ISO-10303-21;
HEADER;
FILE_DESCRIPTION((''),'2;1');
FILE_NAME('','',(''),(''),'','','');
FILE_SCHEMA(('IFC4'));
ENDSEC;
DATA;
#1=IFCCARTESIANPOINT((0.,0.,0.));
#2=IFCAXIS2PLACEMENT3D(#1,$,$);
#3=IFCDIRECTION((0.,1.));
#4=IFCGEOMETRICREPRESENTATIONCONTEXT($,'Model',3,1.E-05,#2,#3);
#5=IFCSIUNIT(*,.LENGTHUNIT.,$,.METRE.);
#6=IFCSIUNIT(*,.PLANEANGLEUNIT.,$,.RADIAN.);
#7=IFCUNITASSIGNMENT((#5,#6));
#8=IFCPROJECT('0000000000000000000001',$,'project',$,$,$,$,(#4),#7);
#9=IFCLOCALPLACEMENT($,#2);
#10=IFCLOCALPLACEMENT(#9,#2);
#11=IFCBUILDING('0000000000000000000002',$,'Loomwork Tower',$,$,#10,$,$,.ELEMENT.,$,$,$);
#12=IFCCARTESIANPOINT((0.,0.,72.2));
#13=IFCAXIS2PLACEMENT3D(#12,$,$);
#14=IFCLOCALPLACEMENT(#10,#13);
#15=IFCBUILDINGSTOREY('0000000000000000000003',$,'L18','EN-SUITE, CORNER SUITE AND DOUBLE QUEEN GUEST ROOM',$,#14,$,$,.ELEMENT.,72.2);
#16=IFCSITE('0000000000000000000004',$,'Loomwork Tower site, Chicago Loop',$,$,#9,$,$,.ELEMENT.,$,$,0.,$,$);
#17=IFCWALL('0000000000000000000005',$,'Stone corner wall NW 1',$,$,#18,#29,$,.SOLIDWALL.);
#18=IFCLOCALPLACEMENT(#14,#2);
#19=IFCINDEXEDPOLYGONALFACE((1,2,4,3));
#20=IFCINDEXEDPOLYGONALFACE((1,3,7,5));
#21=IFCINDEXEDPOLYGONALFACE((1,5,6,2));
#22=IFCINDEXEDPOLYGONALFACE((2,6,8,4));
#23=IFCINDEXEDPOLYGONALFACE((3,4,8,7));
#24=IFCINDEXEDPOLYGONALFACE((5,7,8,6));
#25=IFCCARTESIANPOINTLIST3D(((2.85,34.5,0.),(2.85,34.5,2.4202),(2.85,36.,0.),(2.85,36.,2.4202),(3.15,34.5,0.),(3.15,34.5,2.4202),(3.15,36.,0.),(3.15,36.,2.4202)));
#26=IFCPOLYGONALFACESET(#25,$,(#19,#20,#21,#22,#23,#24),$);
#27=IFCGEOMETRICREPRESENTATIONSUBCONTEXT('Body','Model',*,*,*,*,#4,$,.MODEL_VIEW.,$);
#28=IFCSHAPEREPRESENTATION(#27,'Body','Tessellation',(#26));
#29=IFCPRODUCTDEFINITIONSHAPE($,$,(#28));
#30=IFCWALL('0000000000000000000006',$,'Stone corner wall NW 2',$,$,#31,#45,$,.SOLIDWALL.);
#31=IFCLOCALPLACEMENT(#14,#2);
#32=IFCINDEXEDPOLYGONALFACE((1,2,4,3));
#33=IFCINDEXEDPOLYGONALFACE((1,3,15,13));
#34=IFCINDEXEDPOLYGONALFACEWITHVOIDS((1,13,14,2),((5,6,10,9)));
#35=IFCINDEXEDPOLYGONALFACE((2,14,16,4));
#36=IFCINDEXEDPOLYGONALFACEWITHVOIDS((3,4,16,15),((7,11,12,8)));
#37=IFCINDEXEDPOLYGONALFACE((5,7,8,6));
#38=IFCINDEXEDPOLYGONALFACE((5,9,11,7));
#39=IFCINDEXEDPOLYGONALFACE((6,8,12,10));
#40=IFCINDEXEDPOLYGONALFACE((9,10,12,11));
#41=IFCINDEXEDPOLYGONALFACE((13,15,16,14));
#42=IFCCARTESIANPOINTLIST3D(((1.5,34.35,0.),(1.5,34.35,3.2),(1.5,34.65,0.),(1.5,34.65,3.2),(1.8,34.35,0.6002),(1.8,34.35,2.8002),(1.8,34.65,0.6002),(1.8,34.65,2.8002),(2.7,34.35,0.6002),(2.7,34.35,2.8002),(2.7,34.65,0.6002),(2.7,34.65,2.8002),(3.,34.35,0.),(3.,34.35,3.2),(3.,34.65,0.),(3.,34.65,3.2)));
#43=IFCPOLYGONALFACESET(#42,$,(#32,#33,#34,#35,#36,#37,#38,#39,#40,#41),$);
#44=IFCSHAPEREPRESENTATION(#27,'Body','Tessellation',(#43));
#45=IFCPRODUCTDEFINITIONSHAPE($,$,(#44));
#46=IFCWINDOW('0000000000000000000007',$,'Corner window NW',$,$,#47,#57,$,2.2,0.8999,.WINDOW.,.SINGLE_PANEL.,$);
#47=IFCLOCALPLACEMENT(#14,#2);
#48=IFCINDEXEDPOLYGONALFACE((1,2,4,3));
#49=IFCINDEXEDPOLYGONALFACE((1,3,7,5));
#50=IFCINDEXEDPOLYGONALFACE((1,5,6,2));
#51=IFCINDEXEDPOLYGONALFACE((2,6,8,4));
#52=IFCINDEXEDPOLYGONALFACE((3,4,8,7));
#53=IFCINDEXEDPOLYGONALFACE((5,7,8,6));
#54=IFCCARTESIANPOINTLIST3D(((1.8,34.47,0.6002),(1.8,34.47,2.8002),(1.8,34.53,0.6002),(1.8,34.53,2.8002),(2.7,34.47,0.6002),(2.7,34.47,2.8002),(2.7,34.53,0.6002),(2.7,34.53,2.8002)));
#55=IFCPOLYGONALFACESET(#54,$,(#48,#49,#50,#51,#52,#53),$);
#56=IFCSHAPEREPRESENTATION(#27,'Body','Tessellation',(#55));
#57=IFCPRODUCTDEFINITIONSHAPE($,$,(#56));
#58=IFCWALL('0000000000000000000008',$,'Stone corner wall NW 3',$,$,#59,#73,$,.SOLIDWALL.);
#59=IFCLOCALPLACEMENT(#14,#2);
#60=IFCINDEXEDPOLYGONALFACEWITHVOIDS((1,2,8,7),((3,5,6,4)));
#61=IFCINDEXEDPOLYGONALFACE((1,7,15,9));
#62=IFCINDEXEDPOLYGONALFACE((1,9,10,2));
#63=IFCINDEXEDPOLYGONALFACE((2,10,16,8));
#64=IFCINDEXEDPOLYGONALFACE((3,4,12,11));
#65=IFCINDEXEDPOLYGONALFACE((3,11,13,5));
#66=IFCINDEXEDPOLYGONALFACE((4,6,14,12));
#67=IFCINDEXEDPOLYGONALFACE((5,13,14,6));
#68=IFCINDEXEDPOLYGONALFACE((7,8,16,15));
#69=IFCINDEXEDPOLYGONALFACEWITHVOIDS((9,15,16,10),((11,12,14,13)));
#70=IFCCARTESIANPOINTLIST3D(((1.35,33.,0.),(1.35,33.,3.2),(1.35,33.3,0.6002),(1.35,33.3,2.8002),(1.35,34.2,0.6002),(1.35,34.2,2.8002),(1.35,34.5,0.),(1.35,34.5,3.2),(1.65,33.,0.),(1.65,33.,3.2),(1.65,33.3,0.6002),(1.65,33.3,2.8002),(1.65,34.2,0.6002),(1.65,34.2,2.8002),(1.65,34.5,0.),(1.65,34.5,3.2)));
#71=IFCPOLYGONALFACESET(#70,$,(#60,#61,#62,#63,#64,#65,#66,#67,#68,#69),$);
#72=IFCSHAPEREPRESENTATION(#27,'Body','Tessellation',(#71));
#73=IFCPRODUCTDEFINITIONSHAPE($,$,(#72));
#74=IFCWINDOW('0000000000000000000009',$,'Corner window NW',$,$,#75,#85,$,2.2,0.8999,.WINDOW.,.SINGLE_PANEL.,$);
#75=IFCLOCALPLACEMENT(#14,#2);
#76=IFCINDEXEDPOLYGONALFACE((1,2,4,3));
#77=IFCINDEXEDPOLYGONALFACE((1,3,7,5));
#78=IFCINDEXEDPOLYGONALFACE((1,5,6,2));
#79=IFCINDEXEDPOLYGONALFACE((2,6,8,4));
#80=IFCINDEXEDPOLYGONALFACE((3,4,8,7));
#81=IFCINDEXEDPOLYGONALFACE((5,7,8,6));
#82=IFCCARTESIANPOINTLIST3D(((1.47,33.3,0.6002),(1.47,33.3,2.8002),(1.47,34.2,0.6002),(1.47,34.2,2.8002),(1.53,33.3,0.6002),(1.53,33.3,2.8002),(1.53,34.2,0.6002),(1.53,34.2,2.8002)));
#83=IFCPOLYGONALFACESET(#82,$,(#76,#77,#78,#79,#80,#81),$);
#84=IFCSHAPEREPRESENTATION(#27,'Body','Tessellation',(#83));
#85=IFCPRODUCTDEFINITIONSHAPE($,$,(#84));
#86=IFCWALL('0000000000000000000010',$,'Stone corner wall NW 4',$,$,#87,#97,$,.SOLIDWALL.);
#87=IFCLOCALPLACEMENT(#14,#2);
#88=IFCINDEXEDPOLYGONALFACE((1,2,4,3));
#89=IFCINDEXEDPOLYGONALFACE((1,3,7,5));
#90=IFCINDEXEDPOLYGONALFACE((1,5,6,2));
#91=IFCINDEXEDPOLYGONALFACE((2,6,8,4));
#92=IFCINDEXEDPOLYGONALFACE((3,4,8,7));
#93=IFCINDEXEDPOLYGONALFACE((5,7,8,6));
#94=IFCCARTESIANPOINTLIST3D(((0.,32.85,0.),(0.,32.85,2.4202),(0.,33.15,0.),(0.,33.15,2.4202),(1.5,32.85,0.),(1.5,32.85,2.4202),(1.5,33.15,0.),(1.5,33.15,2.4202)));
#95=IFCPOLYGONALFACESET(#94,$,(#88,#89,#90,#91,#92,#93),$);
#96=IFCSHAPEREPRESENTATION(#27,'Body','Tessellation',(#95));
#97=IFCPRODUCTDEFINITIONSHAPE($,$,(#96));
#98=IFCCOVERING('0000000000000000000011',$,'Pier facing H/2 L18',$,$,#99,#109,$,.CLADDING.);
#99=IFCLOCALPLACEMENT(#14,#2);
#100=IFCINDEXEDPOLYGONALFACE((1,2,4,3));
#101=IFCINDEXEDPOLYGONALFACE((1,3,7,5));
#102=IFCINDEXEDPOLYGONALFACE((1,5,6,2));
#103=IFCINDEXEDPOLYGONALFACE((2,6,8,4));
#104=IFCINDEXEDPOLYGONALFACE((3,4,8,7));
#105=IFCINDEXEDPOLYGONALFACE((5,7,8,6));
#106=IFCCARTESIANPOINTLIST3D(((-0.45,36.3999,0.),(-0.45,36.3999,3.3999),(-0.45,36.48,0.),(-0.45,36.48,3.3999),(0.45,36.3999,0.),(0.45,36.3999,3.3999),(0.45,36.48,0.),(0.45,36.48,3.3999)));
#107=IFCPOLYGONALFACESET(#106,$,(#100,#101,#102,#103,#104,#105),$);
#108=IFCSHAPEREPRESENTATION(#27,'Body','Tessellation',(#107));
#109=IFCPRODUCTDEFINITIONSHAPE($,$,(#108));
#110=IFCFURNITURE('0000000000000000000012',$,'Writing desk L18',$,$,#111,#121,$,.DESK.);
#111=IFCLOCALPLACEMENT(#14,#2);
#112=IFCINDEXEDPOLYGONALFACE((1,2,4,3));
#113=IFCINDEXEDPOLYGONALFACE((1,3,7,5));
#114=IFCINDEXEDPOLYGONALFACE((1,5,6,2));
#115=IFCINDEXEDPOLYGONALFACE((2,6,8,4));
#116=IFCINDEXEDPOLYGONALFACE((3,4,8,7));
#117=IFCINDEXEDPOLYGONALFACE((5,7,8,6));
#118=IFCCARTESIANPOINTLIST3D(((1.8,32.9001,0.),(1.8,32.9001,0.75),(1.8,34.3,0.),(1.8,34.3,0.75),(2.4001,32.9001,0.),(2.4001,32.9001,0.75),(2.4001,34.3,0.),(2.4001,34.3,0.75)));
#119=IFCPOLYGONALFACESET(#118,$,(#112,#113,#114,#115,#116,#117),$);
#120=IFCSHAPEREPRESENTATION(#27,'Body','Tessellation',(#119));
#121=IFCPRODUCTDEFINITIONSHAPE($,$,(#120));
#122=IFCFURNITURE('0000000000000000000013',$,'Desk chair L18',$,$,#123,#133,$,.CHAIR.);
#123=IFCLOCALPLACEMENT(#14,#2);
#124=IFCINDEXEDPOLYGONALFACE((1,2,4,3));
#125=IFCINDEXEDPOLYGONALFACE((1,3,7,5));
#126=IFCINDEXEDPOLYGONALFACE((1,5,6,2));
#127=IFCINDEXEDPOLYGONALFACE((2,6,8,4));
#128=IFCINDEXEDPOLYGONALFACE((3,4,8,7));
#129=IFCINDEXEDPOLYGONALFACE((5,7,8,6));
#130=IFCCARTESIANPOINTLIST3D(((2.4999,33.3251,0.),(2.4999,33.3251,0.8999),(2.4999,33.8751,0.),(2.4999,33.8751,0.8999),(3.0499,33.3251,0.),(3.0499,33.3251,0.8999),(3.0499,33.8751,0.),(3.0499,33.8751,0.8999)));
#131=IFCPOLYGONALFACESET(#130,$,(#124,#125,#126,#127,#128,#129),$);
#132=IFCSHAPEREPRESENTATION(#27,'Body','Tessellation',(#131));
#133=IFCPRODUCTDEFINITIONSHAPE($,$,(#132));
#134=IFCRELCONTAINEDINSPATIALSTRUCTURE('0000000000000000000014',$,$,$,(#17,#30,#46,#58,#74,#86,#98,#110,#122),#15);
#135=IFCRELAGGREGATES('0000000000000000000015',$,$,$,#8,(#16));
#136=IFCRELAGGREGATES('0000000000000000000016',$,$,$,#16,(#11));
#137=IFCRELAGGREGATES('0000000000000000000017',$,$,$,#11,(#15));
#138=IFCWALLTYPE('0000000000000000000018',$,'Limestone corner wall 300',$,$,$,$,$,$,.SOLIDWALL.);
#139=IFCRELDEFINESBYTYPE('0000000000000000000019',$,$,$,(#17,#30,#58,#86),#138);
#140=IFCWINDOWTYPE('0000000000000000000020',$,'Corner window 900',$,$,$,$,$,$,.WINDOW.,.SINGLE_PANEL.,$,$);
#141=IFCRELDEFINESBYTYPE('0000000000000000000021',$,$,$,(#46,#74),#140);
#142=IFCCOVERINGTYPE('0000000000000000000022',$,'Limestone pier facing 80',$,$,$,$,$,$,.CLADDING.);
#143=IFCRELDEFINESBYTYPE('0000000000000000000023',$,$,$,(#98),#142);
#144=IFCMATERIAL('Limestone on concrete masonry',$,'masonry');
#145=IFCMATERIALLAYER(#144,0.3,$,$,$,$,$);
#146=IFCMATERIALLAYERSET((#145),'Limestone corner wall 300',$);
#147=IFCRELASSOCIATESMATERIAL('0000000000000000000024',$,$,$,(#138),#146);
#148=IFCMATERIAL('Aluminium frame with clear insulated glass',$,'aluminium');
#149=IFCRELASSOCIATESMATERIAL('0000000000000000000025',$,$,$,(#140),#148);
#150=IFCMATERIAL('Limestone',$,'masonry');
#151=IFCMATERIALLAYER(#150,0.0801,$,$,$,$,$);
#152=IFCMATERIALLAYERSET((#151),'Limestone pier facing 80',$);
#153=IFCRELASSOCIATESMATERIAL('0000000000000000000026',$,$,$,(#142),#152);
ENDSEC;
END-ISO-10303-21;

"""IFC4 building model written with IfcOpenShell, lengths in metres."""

from ifc_helpers import new_model, si_unit, direction, frame, frame_2d, origin, origin_2d, place, context, subcontext, project, spatial, rectangle, extrude, material, layer, layer_set, type_object, element, fill, save


model = new_model("IFC4")

# Units and contexts
model_context = context("Model", 3, precision=1e-05, world=origin(), true_north=direction((0.0, 1.0)))
body_context = subcontext(model_context, "Body", "Model", "MODEL_VIEW")
ifc_project = project(units=[si_unit("LENGTHUNIT", "METRE"), si_unit("PLANEANGLEUNIT", "RADIAN")], contexts=[model_context])

# Site, building, storey
site_placement = place(None, origin())
site = spatial("IfcSite", under=ifc_project, at=site_placement, Name="Loomwork Tower site, Chicago Loop", CompositionType="ELEMENT", RefElevation=0.0)
building_placement = place(site_placement, origin())
building = spatial("IfcBuilding", under=site, at=building_placement, Name="Loomwork Tower", CompositionType="ELEMENT")
storey_placement = place(building_placement, frame((0.0, 0.0, 72.2)))
storey = spatial("IfcBuildingStorey", under=building, at=storey_placement, Name="L18", Description="EN-SUITE, CORNER SUITE AND DOUBLE QUEEN GUEST ROOM", CompositionType="ELEMENT", Elevation=72.2)

# Wall
ifc_material_1 = material(Name="Limestone on concrete masonry", Category="masonry")
ifc_layer_1 = layer(ifc_material_1, 0.3)
ifc_layer_set_1 = layer_set([ifc_layer_1], Name="Limestone corner wall 300")
wall_type_1 = type_object("IfcWallType", Name="Limestone corner wall 300", PredefinedType="SOLIDWALL", material=ifc_layer_set_1)
wall_1_placement = place(storey_placement, frame((3.0, 36.0, 0.0), z_axis=(0.0, 0.0, 1.0), x_axis=(0.0, -1.0, 0.0)))
element("IfcWall", 1, at=wall_1_placement, inside=storey, type_object=wall_type_1, Name="Stone corner wall NW 1", PredefinedType="SOLIDWALL", context=body_context, shape_type="SweptSolid", body=[
    extrude(rectangle(XDim=1.5, YDim=0.3, at=frame_2d((0.75, 0.0))), origin(), (0.0, 0.0, 1.0), 2.4202),
])

# Walls, openings, windows
wall_2_placement = place(storey_placement, frame((3.0, 34.5, 0.0), z_axis=(0.0, 0.0, 1.0), x_axis=(-1.0, 0.0, 0.0)))
wall_2 = element("IfcWall", 2, at=wall_2_placement, inside=storey, type_object=wall_type_1, Name="Stone corner wall NW 2", PredefinedType="SOLIDWALL", context=body_context, shape_type="SweptSolid", body=[
    extrude(rectangle(XDim=1.5, YDim=0.3, at=frame_2d((0.75, 0.0))), origin(), (0.0, 0.0, 1.0), 3.2),
])
opening_1_placement = place(wall_2_placement, frame((0.3, 0.0, 0.6001)))
opening_1 = element("IfcOpeningElement", 3, at=opening_1_placement, cuts=wall_2, PredefinedType="OPENING", context=body_context, shape_type="SweptSolid", body=[
    extrude(rectangle(XDim=0.8999, YDim=2.2, at=frame_2d((0.45, 1.1001))), frame((0.0, 0.1599, 0.0), z_axis=(0.0, -1.0, 0.0), x_axis=(1.0, 0.0, 0.0)), (0.0, 0.0, 1.0), 0.3201),
])
ifc_material_2 = material(Name="Aluminium frame with clear insulated glass", Category="aluminium")
window_type_1 = type_object("IfcWindowType", Name="Corner window 900", PartitioningType="SINGLE_PANEL", PredefinedType="WINDOW", material=ifc_material_2)
window_1_placement = place(opening_1_placement, origin())
window_1 = element("IfcWindow", 4, at=window_1_placement, inside=storey, type_object=window_type_1, Name="Corner window NW", OverallHeight=2.2, OverallWidth=0.8999, PartitioningType="SINGLE_PANEL", PredefinedType="WINDOW", context=body_context, shape_type="SweptSolid", body=[
    extrude(rectangle(XDim=0.8999, YDim=2.2, at=frame_2d((0.45, 1.1001))), frame((0.0, 0.03, 0.0), z_axis=(0.0, -1.0, 0.0), x_axis=(1.0, 0.0, 0.0)), (0.0, 0.0, 1.0), 0.0601),
])
fill(opening_1, window_1)
wall_3_placement = place(storey_placement, frame((1.5, 34.5, 0.0), z_axis=(0.0, 0.0, 1.0), x_axis=(0.0, -1.0, 0.0)))
wall_3 = element("IfcWall", 5, at=wall_3_placement, inside=storey, type_object=wall_type_1, Name="Stone corner wall NW 3", PredefinedType="SOLIDWALL", context=body_context, shape_type="SweptSolid", body=[
    extrude(rectangle(XDim=1.5, YDim=0.3, at=frame_2d((0.75, 0.0))), origin(), (0.0, 0.0, 1.0), 3.2),
])
opening_2_placement = place(wall_3_placement, frame((0.3, 0.0, 0.6001)))
opening_2 = element("IfcOpeningElement", 6, at=opening_2_placement, cuts=wall_3, PredefinedType="OPENING", context=body_context, shape_type="SweptSolid", body=[
    extrude(rectangle(XDim=0.8999, YDim=2.2, at=frame_2d((0.45, 1.1001))), frame((0.0, 0.1599, 0.0), z_axis=(0.0, -1.0, 0.0), x_axis=(1.0, 0.0, 0.0)), (0.0, 0.0, 1.0), 0.3201),
])
window_2_placement = place(opening_2_placement, origin())
window_2 = element("IfcWindow", 7, at=window_2_placement, inside=storey, type_object=window_type_1, Name="Corner window NW", OverallHeight=2.2, OverallWidth=0.8999, PartitioningType="SINGLE_PANEL", PredefinedType="WINDOW", context=body_context, shape_type="SweptSolid", body=[
    extrude(rectangle(XDim=0.8999, YDim=2.2, at=frame_2d((0.45, 1.1001))), frame((0.0, 0.03, 0.0), z_axis=(0.0, -1.0, 0.0), x_axis=(1.0, 0.0, 0.0)), (0.0, 0.0, 1.0), 0.0601),
])
fill(opening_2, window_2)

# Wall
wall_4_placement = place(storey_placement, frame((1.5, 33.0, 0.0), z_axis=(0.0, 0.0, 1.0), x_axis=(-1.0, 0.0, 0.0)))
element("IfcWall", 8, at=wall_4_placement, inside=storey, type_object=wall_type_1, Name="Stone corner wall NW 4", PredefinedType="SOLIDWALL", context=body_context, shape_type="SweptSolid", body=[
    extrude(rectangle(XDim=1.5, YDim=0.3, at=frame_2d((0.75, 0.0))), origin(), (0.0, 0.0, 1.0), 2.4202),
])

# Covering
ifc_material_3 = material(Name="Limestone", Category="masonry")
ifc_layer_2 = layer(ifc_material_3, 0.0801)
ifc_layer_set_2 = layer_set([ifc_layer_2], Name="Limestone pier facing 80")
covering_type = type_object("IfcCoveringType", Name="Limestone pier facing 80", PredefinedType="CLADDING", material=ifc_layer_set_2)
covering_placement = place(storey_placement, frame((0.0, 36.4399, 0.0), z_axis=(0.0, 0.0, 1.0), x_axis=(1.0, 0.0, 0.0)))
element("IfcCovering", 9, at=covering_placement, inside=storey, type_object=covering_type, Name="Pier facing H/2 L18", PredefinedType="CLADDING", context=body_context, shape_type="SweptSolid", body=[
    extrude(rectangle(XDim=0.8999, YDim=0.0801, at=origin_2d()), origin(), (0.0, 0.0, 1.0), 3.3999),
])

# Furniture
furniture_1_placement = place(storey_placement, frame((2.1001, 33.6001, 0.0), z_axis=(0.0, 0.0, 1.0), x_axis=(1.0, 0.0, 0.0)))
element("IfcFurniture", 10, at=furniture_1_placement, inside=storey, Name="Writing desk L18", PredefinedType="DESK", context=body_context, shape_type="SweptSolid", body=[
    extrude(rectangle(XDim=0.6001, YDim=1.3999, at=origin_2d()), origin(), (0.0, 0.0, 1.0), 0.75),
])
furniture_2_placement = place(storey_placement, frame((2.7749, 33.6001, 0.0), z_axis=(0.0, 0.0, 1.0), x_axis=(1.0, 0.0, 0.0)))
element("IfcFurniture", 11, at=furniture_2_placement, inside=storey, Name="Desk chair L18", PredefinedType="CHAIR", context=body_context, shape_type="SweptSolid", body=[
    extrude(rectangle(XDim=0.55, YDim=0.55, at=origin_2d()), origin(), (0.0, 0.0, 1.0), 0.8999),
])

save(model, "model.ifc")
